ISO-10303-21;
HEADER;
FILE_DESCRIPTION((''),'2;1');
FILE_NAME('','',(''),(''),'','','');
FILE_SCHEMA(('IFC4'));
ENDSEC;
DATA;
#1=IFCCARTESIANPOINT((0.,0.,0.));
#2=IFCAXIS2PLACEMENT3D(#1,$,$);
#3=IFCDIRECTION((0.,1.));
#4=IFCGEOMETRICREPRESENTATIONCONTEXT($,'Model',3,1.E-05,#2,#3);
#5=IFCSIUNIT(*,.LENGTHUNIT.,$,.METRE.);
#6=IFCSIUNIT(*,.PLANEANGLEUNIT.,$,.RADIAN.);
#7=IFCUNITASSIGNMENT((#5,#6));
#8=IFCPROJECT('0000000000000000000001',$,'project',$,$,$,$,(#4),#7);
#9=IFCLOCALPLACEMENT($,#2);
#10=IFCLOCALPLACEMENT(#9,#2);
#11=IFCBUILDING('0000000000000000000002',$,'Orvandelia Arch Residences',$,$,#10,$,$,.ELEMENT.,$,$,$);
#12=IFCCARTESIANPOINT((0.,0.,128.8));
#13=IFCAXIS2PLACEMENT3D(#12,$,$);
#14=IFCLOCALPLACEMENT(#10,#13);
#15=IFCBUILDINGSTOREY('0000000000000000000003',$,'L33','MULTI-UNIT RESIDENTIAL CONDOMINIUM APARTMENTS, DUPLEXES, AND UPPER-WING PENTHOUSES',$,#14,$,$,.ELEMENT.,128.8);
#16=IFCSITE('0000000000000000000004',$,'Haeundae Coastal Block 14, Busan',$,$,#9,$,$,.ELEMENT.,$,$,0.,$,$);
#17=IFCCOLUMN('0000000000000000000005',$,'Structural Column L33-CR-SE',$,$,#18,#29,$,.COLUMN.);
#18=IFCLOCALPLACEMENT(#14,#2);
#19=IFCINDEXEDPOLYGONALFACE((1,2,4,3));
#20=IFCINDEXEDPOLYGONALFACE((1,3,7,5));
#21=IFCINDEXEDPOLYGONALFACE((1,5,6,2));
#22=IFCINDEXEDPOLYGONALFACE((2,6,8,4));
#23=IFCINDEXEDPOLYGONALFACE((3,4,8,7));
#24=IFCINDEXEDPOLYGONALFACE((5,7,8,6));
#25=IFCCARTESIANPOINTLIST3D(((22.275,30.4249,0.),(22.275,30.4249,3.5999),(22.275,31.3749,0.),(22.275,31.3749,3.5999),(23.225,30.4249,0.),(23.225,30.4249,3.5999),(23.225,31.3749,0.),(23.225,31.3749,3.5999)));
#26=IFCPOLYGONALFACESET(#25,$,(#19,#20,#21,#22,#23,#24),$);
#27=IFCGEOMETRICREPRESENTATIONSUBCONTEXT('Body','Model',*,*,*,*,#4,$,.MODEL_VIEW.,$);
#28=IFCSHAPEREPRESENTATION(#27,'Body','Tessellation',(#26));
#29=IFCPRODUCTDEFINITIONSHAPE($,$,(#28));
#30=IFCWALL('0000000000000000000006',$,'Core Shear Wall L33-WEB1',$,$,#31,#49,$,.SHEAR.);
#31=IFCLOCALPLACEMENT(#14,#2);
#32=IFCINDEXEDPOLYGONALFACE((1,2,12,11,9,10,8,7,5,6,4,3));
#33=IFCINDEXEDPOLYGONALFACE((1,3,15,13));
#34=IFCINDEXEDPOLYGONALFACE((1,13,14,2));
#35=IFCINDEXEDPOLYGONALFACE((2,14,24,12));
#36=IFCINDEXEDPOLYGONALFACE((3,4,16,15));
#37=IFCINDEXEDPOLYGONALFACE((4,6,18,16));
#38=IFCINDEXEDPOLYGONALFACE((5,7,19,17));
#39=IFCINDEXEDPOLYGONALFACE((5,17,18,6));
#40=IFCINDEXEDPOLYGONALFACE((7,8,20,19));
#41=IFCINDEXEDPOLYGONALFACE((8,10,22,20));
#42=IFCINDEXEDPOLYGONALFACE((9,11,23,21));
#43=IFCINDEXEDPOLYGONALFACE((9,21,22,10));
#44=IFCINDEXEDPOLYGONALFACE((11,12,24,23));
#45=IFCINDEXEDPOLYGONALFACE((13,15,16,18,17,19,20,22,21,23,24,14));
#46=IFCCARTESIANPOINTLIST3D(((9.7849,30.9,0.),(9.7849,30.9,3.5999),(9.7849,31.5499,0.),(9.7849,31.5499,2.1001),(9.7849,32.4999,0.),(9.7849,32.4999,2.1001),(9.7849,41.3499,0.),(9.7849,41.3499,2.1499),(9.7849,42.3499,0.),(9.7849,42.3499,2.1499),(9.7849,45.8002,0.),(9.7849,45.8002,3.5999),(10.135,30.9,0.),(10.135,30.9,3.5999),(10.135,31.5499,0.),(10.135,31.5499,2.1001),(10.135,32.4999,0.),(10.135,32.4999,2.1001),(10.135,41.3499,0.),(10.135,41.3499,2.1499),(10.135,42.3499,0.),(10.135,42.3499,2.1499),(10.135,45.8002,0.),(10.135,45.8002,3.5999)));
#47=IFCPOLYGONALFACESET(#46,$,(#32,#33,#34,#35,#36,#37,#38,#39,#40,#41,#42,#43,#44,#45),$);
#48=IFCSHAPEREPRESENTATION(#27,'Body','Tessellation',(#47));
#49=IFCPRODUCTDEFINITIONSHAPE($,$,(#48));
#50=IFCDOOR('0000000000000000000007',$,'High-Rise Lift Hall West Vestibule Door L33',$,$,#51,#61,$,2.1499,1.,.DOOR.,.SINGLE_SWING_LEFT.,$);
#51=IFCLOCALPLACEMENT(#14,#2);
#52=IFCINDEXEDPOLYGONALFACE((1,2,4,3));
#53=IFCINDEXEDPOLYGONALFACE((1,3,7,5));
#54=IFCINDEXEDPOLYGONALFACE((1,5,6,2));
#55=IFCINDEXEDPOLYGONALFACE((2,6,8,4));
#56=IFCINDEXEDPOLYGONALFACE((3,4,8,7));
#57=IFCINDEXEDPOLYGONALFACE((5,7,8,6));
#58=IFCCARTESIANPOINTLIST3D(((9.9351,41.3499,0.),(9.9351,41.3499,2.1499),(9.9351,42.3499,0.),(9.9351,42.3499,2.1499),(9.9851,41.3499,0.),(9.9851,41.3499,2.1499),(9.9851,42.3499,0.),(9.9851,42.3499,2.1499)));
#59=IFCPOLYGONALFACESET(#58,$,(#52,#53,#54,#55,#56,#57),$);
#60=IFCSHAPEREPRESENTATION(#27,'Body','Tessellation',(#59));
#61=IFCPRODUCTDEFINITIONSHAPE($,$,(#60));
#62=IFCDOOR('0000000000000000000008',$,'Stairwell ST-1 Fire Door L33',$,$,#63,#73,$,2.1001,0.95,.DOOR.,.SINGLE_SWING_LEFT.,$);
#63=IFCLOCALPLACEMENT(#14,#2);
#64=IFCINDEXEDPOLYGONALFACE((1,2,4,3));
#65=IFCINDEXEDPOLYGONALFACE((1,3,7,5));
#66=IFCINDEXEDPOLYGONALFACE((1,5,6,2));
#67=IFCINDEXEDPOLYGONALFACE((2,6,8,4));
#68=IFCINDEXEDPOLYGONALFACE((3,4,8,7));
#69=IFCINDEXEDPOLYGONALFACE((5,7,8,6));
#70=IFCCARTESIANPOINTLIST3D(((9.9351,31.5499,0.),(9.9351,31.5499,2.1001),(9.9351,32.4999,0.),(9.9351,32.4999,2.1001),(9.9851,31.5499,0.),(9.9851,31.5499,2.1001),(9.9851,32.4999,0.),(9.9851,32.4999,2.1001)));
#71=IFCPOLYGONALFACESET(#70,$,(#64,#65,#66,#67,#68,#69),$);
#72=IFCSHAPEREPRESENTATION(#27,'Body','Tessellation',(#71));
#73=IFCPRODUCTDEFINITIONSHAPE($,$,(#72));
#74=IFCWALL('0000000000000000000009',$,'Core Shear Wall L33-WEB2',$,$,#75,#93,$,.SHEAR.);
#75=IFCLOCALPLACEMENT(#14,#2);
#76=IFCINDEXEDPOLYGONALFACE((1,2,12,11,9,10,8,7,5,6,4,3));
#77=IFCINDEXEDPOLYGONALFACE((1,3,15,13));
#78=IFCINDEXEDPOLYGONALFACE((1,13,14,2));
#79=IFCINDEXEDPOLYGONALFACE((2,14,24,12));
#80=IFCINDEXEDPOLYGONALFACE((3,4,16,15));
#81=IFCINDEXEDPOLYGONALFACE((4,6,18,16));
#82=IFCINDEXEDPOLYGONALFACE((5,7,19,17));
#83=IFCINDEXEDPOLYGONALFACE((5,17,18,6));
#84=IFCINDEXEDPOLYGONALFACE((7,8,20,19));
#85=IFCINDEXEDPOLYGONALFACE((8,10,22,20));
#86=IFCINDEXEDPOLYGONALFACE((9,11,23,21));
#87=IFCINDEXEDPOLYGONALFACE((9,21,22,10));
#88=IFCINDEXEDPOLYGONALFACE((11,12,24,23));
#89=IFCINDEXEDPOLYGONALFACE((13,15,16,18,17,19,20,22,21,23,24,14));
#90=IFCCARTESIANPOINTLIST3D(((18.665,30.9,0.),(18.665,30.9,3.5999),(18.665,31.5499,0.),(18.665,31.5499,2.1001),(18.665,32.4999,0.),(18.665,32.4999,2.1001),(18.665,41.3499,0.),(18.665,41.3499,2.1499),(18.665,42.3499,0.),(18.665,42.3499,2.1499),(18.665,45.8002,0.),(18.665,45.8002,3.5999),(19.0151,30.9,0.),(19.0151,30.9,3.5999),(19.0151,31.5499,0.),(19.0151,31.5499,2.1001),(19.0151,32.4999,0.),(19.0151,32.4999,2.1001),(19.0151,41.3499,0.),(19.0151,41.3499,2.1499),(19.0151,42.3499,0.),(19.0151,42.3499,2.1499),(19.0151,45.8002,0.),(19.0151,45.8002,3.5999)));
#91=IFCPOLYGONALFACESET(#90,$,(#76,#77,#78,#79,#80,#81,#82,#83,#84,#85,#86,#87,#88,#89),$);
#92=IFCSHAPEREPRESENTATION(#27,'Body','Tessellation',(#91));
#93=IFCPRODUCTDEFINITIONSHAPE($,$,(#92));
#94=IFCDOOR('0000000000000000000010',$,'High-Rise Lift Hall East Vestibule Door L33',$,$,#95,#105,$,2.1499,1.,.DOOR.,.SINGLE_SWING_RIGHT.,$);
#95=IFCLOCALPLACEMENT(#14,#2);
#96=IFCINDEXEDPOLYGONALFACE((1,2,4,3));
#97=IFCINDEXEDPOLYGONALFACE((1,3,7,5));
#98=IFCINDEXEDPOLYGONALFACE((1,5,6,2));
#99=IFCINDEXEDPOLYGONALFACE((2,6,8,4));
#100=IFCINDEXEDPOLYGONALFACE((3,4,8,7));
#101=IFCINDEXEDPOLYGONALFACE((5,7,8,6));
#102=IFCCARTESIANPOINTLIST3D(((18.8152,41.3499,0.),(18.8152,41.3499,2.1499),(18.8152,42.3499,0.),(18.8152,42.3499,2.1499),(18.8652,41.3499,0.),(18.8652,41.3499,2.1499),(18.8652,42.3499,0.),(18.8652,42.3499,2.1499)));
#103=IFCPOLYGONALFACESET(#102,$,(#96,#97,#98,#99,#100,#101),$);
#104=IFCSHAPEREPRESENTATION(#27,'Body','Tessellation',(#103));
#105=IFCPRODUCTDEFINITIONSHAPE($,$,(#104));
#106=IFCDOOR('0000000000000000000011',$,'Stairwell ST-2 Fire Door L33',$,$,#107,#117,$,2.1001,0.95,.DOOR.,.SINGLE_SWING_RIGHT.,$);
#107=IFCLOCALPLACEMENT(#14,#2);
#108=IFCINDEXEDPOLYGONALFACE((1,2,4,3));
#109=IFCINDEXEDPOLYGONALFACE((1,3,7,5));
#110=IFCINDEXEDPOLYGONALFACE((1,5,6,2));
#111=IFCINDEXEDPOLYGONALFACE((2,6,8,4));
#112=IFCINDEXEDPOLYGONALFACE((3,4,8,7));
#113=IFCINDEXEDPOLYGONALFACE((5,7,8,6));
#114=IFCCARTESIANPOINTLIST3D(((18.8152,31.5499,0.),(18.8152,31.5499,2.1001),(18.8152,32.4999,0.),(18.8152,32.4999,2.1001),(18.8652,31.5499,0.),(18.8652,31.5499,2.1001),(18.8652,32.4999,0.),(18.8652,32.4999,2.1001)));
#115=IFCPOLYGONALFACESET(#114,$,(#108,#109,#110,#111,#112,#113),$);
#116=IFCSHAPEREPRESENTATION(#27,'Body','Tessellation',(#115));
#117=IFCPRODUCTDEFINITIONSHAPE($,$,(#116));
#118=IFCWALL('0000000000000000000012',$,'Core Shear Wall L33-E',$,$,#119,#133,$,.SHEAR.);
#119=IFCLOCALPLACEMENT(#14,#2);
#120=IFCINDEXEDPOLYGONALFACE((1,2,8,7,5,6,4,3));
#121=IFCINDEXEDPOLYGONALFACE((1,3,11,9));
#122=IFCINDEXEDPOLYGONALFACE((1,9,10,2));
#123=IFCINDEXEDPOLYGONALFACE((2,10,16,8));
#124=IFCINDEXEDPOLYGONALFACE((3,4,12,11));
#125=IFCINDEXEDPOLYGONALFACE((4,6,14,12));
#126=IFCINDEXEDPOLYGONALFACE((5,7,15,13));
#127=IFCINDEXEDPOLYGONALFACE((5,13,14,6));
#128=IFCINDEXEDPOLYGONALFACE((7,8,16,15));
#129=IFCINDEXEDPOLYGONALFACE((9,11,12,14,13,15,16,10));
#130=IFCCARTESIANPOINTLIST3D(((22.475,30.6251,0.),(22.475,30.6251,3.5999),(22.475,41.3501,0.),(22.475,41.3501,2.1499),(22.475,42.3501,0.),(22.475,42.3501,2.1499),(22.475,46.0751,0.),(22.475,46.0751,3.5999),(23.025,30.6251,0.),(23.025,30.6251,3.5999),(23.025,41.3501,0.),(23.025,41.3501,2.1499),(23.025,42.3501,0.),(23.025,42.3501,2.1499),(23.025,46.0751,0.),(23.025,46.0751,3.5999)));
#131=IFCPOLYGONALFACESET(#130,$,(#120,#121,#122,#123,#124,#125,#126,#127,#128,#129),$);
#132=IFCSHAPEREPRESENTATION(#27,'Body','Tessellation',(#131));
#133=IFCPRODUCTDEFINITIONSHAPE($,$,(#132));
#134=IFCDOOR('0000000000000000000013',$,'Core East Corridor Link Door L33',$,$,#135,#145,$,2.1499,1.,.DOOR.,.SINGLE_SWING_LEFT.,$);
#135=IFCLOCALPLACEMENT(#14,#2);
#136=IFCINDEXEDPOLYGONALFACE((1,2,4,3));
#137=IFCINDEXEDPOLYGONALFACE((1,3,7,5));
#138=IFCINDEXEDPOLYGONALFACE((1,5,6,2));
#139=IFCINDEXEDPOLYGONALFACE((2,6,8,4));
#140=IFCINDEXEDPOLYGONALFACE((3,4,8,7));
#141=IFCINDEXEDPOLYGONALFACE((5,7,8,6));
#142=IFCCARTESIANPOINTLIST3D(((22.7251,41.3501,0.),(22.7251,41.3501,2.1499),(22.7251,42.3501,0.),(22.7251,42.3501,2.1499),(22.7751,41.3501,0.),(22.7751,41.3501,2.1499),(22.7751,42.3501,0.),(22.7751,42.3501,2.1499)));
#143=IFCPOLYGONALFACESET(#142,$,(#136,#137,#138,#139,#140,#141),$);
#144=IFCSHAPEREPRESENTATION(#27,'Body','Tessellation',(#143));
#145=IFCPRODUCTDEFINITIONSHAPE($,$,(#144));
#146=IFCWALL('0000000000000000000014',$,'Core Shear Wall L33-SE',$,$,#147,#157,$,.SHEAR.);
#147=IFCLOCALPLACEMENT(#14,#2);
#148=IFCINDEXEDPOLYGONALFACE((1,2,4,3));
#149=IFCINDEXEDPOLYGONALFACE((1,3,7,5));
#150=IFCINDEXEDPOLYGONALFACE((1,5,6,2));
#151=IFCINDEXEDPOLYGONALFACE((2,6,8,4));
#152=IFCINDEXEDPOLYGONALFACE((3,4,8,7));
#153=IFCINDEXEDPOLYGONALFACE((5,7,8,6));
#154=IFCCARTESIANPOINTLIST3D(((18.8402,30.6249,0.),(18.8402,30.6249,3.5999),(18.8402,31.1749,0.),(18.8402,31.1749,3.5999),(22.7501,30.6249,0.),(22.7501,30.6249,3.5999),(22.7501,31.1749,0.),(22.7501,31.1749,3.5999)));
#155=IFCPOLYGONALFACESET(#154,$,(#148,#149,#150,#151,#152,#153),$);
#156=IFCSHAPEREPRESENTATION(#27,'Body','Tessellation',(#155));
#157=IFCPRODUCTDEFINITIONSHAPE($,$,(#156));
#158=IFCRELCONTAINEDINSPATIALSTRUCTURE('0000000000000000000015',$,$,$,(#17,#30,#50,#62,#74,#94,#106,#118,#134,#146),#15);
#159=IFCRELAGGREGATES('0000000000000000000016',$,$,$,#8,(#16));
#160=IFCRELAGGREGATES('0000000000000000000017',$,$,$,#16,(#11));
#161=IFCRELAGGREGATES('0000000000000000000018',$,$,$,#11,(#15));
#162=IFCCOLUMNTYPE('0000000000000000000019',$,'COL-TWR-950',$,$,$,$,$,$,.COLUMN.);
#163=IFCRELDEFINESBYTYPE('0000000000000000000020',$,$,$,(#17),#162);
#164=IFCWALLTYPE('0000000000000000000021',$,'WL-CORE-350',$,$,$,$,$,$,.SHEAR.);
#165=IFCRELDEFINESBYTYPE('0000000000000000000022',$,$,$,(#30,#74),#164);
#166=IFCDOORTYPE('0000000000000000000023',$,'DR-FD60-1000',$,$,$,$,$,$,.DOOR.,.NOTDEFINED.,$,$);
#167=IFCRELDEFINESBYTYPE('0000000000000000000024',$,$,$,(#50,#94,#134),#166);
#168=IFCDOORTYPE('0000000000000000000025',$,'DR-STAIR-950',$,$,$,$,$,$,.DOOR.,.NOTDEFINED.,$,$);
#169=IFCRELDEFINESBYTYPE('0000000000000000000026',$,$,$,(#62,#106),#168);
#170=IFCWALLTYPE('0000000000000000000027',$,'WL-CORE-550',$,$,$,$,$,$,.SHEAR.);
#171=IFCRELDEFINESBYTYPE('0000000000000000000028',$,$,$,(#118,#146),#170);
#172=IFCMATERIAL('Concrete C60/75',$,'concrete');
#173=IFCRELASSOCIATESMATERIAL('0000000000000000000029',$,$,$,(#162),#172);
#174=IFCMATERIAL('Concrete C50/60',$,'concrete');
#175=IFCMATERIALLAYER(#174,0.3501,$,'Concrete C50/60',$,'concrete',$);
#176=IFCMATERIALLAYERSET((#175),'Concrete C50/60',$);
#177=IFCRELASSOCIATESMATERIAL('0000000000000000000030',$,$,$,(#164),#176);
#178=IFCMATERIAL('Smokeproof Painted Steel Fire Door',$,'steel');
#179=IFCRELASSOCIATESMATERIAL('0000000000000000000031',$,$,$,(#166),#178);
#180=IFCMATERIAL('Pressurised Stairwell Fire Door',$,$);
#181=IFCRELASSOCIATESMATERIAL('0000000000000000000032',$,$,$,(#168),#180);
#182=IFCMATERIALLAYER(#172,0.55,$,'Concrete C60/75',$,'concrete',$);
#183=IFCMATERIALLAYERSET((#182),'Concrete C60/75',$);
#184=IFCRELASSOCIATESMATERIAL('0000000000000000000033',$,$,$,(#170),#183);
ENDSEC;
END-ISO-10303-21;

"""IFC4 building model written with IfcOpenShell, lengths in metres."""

from ifc_helpers import new_model, si_unit, direction, frame, frame_2d, origin, origin_2d, place, context, subcontext, project, spatial, rectangle, extrude, material, layer, layer_set, material_profile, profile_set, type_object, element, fill, save


model = new_model("IFC4")

# Units and contexts
model_context = context("Model", 3, precision=1e-05, world=origin(), true_north=direction((0.0, 1.0)))
body_context = subcontext(model_context, "Body", "Model", "MODEL_VIEW")
ifc_project = project(units=[si_unit("LENGTHUNIT", "METRE"), si_unit("PLANEANGLEUNIT", "RADIAN")], contexts=[model_context])

# Site, building, storey
site_placement = place(None, origin())
site = spatial("IfcSite", under=ifc_project, at=site_placement, Name="Haeundae Coastal Block 14, Busan", CompositionType="ELEMENT", RefElevation=0.0)
building_placement = place(site_placement, origin())
building = spatial("IfcBuilding", under=site, at=building_placement, Name="Orvandelia Arch Residences", CompositionType="ELEMENT")
storey_placement = place(building_placement, frame((0.0, 0.0, 128.8)))
storey = spatial("IfcBuildingStorey", under=building, at=storey_placement, Name="L33", Description="MULTI-UNIT RESIDENTIAL CONDOMINIUM APARTMENTS, DUPLEXES, AND UPPER-WING PENTHOUSES", CompositionType="ELEMENT", Elevation=128.8)

# Column
ifc_material_1 = material(Name="Concrete C60/75", Category="concrete")
ifc_material_profile = material_profile(ifc_material_1, rectangle(XDim=0.95, YDim=0.95, at=origin_2d()), Name="Concrete C60/75", Category="concrete")
ifc_profile_set = profile_set([ifc_material_profile], Name="Concrete C60/75")
column_type = type_object("IfcColumnType", Name="COL-TWR-950", PredefinedType="COLUMN", material=ifc_profile_set)
column_placement = place(storey_placement, frame((22.75, 30.8999, 0.0), z_axis=(0.0, 0.0, 1.0), x_axis=(1.0, 0.0, 0.0)))
element("IfcColumn", 1, at=column_placement, inside=storey, type_object=column_type, Name="Structural Column L33-CR-SE", PredefinedType="COLUMN", context=body_context, shape_type="SweptSolid", body=[
    extrude(rectangle(XDim=0.95, YDim=0.95, at=origin_2d()), origin(), (0.0, 0.0, 1.0), 3.5999),
])

# Walls, openings, doors
ifc_material_2 = material(Name="Concrete C50/60", Category="concrete")
ifc_layer_1 = layer(ifc_material_2, 0.3501, Name="Concrete C50/60", Category="concrete")
ifc_layer_set_1 = layer_set([ifc_layer_1], Name="Concrete C50/60")
wall_type_1 = type_object("IfcWallType", Name="WL-CORE-350", PredefinedType="SHEAR", material=ifc_layer_set_1)
wall_1_placement = place(storey_placement, frame((9.96, 30.8999, 0.0), z_axis=(0.0, 0.0, 1.0), x_axis=(0.0, 1.0, 0.0)))
wall_1 = element("IfcWall", 2, at=wall_1_placement, inside=storey, type_object=wall_type_1, Name="Core Shear Wall L33-WEB1", PredefinedType="SHEAR", context=body_context, shape_type="SweptSolid", body=[
    extrude(rectangle(XDim=14.9001, YDim=0.3501, at=frame_2d((7.4502, 0.0))), origin(), (0.0, 0.0, 1.0), 3.5999),
])
opening_1_placement = place(wall_1_placement, frame((0.6499, 0.0, 0.0)))
opening_1 = element("IfcOpeningElement", 3, at=opening_1_placement, cuts=wall_1, PredefinedType="OPENING", context=body_context, shape_type="SweptSolid", body=[
    extrude(rectangle(XDim=0.95, YDim=2.1001, at=frame_2d((0.4751, 1.05))), frame((0.0, 0.1851, 0.0), z_axis=(0.0, -1.0, 0.0), x_axis=(1.0, 0.0, 0.0)), (0.0, 0.0, 1.0), 0.3701),
])
opening_2_placement = place(wall_1_placement, frame((10.45, 0.0, 0.0)))
opening_2 = element("IfcOpeningElement", 4, at=opening_2_placement, cuts=wall_1, PredefinedType="OPENING", context=body_context, shape_type="SweptSolid", body=[
    extrude(rectangle(XDim=1.0, YDim=2.1499, at=frame_2d((0.5, 1.075))), frame((0.0, 0.1851, 0.0), z_axis=(0.0, -1.0, 0.0), x_axis=(1.0, 0.0, 0.0)), (0.0, 0.0, 1.0), 0.3701),
])
ifc_material_3 = material(Name="Smokeproof Painted Steel Fire Door", Category="steel")
door_type_1 = type_object("IfcDoorType", Name="DR-FD60-1000", OperationType="NOTDEFINED", PredefinedType="DOOR", material=ifc_material_3)
door_1_placement = place(opening_2_placement, origin())
door_1 = element("IfcDoor", 5, at=door_1_placement, inside=storey, type_object=door_type_1, Name="High-Rise Lift Hall West Vestibule Door L33", OperationType="SINGLE_SWING_LEFT", OverallHeight=2.1499, OverallWidth=1.0, PredefinedType="DOOR", context=body_context, shape_type="SweptSolid", body=[
    extrude(rectangle(XDim=1.0, YDim=2.1499, at=frame_2d((0.5, 1.075))), frame((0.0, 0.0249, 0.0), z_axis=(0.0, -1.0, 0.0), x_axis=(1.0, 0.0, 0.0)), (0.0, 0.0, 1.0), 0.05),
])
fill(opening_2, door_1)
ifc_material_4 = material(Name="Pressurised Stairwell Fire Door")
door_type_2 = type_object("IfcDoorType", Name="DR-STAIR-950", OperationType="NOTDEFINED", PredefinedType="DOOR", material=ifc_material_4)
door_2_placement = place(opening_1_placement, origin())
door_2 = element("IfcDoor", 6, at=door_2_placement, inside=storey, type_object=door_type_2, Name="Stairwell ST-1 Fire Door L33", OperationType="SINGLE_SWING_LEFT", OverallHeight=2.1001, OverallWidth=0.95, PredefinedType="DOOR", context=body_context, shape_type="SweptSolid", body=[
    extrude(rectangle(XDim=0.95, YDim=2.1001, at=frame_2d((0.4751, 1.05))), frame((0.0, 0.0249, 0.0), z_axis=(0.0, -1.0, 0.0), x_axis=(1.0, 0.0, 0.0)), (0.0, 0.0, 1.0), 0.05),
])
fill(opening_1, door_2)
wall_2_placement = place(storey_placement, frame((18.8401, 30.8999, 0.0), z_axis=(0.0, 0.0, 1.0), x_axis=(0.0, 1.0, 0.0)))
wall_2 = element("IfcWall", 7, at=wall_2_placement, inside=storey, type_object=wall_type_1, Name="Core Shear Wall L33-WEB2", PredefinedType="SHEAR", context=body_context, shape_type="SweptSolid", body=[
    extrude(rectangle(XDim=14.9001, YDim=0.3501, at=frame_2d((7.4502, 0.0))), origin(), (0.0, 0.0, 1.0), 3.5999),
])
opening_3_placement = place(wall_2_placement, frame((0.6499, 0.0, 0.0)))
opening_3 = element("IfcOpeningElement", 8, at=opening_3_placement, cuts=wall_2, PredefinedType="OPENING", context=body_context, shape_type="SweptSolid", body=[
    extrude(rectangle(XDim=0.95, YDim=2.1001, at=frame_2d((0.4751, 1.05))), frame((0.0, 0.1851, 0.0), z_axis=(0.0, -1.0, 0.0), x_axis=(1.0, 0.0, 0.0)), (0.0, 0.0, 1.0), 0.3701),
])
opening_4_placement = place(wall_2_placement, frame((10.45, 0.0, 0.0)))
opening_4 = element("IfcOpeningElement", 9, at=opening_4_placement, cuts=wall_2, PredefinedType="OPENING", context=body_context, shape_type="SweptSolid", body=[
    extrude(rectangle(XDim=1.0, YDim=2.1499, at=frame_2d((0.5, 1.075))), frame((0.0, 0.1851, 0.0), z_axis=(0.0, -1.0, 0.0), x_axis=(1.0, 0.0, 0.0)), (0.0, 0.0, 1.0), 0.3701),
])
door_3_placement = place(opening_4_placement, origin())
door_3 = element("IfcDoor", 10, at=door_3_placement, inside=storey, type_object=door_type_1, Name="High-Rise Lift Hall East Vestibule Door L33", OperationType="SINGLE_SWING_RIGHT", OverallHeight=2.1499, OverallWidth=1.0, PredefinedType="DOOR", context=body_context, shape_type="SweptSolid", body=[
    extrude(rectangle(XDim=1.0, YDim=2.1499, at=frame_2d((0.5, 1.075))), frame((0.0, 0.0249, 0.0), z_axis=(0.0, -1.0, 0.0), x_axis=(1.0, 0.0, 0.0)), (0.0, 0.0, 1.0), 0.05),
])
fill(opening_4, door_3)
door_4_placement = place(opening_3_placement, origin())
door_4 = element("IfcDoor", 11, at=door_4_placement, inside=storey, type_object=door_type_2, Name="Stairwell ST-2 Fire Door L33", OperationType="SINGLE_SWING_RIGHT", OverallHeight=2.1001, OverallWidth=0.95, PredefinedType="DOOR", context=body_context, shape_type="SweptSolid", body=[
    extrude(rectangle(XDim=0.95, YDim=2.1001, at=frame_2d((0.4751, 1.05))), frame((0.0, 0.0249, 0.0), z_axis=(0.0, -1.0, 0.0), x_axis=(1.0, 0.0, 0.0)), (0.0, 0.0, 1.0), 0.05),
])
fill(opening_3, door_4)

# Wall, opening, door
ifc_layer_2 = layer(ifc_material_1, 0.55, Name="Concrete C60/75", Category="concrete")
ifc_layer_set_2 = layer_set([ifc_layer_2], Name="Concrete C60/75")
wall_type_2 = type_object("IfcWallType", Name="WL-CORE-550", PredefinedType="SHEAR", material=ifc_layer_set_2)
wall_3_placement = place(storey_placement, frame((22.75, 30.625, 0.0), z_axis=(0.0, 0.0, 1.0), x_axis=(0.0, 1.0, 0.0)))
wall_3 = element("IfcWall", 12, at=wall_3_placement, inside=storey, type_object=wall_type_2, Name="Core Shear Wall L33-E", PredefinedType="SHEAR", context=body_context, shape_type="SweptSolid", body=[
    extrude(rectangle(XDim=15.45, YDim=0.55, at=frame_2d((7.7251, 0.0))), origin(), (0.0, 0.0, 1.0), 3.5999),
])
opening_5_placement = place(wall_3_placement, frame((10.7251, 0.0, 0.0)))
opening_5 = element("IfcOpeningElement", 13, at=opening_5_placement, cuts=wall_3, PredefinedType="OPENING", context=body_context, shape_type="SweptSolid", body=[
    extrude(rectangle(XDim=1.0, YDim=2.1499, at=frame_2d((0.5, 1.075))), frame((0.0, 0.2852, 0.0), z_axis=(0.0, -1.0, 0.0), x_axis=(1.0, 0.0, 0.0)), (0.0, 0.0, 1.0), 0.5701),
])
door_5_placement = place(opening_5_placement, origin())
door_5 = element("IfcDoor", 14, at=door_5_placement, inside=storey, type_object=door_type_1, Name="Core East Corridor Link Door L33", OperationType="SINGLE_SWING_LEFT", OverallHeight=2.1499, OverallWidth=1.0, PredefinedType="DOOR", context=body_context, shape_type="SweptSolid", body=[
    extrude(rectangle(XDim=1.0, YDim=2.1499, at=frame_2d((0.5, 1.075))), frame((0.0, 0.0249, 0.0), z_axis=(0.0, -1.0, 0.0), x_axis=(1.0, 0.0, 0.0)), (0.0, 0.0, 1.0), 0.05),
])
fill(opening_5, door_5)

# Wall
wall_4_placement = place(storey_placement, frame((18.8401, 30.8999, 0.0), z_axis=(0.0, 0.0, 1.0), x_axis=(1.0, 0.0, 0.0)))
element("IfcWall", 15, at=wall_4_placement, inside=storey, type_object=wall_type_2, Name="Core Shear Wall L33-SE", PredefinedType="SHEAR", context=body_context, shape_type="SweptSolid", body=[
    extrude(rectangle(XDim=3.9099, YDim=0.55, at=frame_2d((1.9551, 0.0))), origin(), (0.0, 0.0, 1.0), 3.5999),
])

save(model, "model.ifc")
